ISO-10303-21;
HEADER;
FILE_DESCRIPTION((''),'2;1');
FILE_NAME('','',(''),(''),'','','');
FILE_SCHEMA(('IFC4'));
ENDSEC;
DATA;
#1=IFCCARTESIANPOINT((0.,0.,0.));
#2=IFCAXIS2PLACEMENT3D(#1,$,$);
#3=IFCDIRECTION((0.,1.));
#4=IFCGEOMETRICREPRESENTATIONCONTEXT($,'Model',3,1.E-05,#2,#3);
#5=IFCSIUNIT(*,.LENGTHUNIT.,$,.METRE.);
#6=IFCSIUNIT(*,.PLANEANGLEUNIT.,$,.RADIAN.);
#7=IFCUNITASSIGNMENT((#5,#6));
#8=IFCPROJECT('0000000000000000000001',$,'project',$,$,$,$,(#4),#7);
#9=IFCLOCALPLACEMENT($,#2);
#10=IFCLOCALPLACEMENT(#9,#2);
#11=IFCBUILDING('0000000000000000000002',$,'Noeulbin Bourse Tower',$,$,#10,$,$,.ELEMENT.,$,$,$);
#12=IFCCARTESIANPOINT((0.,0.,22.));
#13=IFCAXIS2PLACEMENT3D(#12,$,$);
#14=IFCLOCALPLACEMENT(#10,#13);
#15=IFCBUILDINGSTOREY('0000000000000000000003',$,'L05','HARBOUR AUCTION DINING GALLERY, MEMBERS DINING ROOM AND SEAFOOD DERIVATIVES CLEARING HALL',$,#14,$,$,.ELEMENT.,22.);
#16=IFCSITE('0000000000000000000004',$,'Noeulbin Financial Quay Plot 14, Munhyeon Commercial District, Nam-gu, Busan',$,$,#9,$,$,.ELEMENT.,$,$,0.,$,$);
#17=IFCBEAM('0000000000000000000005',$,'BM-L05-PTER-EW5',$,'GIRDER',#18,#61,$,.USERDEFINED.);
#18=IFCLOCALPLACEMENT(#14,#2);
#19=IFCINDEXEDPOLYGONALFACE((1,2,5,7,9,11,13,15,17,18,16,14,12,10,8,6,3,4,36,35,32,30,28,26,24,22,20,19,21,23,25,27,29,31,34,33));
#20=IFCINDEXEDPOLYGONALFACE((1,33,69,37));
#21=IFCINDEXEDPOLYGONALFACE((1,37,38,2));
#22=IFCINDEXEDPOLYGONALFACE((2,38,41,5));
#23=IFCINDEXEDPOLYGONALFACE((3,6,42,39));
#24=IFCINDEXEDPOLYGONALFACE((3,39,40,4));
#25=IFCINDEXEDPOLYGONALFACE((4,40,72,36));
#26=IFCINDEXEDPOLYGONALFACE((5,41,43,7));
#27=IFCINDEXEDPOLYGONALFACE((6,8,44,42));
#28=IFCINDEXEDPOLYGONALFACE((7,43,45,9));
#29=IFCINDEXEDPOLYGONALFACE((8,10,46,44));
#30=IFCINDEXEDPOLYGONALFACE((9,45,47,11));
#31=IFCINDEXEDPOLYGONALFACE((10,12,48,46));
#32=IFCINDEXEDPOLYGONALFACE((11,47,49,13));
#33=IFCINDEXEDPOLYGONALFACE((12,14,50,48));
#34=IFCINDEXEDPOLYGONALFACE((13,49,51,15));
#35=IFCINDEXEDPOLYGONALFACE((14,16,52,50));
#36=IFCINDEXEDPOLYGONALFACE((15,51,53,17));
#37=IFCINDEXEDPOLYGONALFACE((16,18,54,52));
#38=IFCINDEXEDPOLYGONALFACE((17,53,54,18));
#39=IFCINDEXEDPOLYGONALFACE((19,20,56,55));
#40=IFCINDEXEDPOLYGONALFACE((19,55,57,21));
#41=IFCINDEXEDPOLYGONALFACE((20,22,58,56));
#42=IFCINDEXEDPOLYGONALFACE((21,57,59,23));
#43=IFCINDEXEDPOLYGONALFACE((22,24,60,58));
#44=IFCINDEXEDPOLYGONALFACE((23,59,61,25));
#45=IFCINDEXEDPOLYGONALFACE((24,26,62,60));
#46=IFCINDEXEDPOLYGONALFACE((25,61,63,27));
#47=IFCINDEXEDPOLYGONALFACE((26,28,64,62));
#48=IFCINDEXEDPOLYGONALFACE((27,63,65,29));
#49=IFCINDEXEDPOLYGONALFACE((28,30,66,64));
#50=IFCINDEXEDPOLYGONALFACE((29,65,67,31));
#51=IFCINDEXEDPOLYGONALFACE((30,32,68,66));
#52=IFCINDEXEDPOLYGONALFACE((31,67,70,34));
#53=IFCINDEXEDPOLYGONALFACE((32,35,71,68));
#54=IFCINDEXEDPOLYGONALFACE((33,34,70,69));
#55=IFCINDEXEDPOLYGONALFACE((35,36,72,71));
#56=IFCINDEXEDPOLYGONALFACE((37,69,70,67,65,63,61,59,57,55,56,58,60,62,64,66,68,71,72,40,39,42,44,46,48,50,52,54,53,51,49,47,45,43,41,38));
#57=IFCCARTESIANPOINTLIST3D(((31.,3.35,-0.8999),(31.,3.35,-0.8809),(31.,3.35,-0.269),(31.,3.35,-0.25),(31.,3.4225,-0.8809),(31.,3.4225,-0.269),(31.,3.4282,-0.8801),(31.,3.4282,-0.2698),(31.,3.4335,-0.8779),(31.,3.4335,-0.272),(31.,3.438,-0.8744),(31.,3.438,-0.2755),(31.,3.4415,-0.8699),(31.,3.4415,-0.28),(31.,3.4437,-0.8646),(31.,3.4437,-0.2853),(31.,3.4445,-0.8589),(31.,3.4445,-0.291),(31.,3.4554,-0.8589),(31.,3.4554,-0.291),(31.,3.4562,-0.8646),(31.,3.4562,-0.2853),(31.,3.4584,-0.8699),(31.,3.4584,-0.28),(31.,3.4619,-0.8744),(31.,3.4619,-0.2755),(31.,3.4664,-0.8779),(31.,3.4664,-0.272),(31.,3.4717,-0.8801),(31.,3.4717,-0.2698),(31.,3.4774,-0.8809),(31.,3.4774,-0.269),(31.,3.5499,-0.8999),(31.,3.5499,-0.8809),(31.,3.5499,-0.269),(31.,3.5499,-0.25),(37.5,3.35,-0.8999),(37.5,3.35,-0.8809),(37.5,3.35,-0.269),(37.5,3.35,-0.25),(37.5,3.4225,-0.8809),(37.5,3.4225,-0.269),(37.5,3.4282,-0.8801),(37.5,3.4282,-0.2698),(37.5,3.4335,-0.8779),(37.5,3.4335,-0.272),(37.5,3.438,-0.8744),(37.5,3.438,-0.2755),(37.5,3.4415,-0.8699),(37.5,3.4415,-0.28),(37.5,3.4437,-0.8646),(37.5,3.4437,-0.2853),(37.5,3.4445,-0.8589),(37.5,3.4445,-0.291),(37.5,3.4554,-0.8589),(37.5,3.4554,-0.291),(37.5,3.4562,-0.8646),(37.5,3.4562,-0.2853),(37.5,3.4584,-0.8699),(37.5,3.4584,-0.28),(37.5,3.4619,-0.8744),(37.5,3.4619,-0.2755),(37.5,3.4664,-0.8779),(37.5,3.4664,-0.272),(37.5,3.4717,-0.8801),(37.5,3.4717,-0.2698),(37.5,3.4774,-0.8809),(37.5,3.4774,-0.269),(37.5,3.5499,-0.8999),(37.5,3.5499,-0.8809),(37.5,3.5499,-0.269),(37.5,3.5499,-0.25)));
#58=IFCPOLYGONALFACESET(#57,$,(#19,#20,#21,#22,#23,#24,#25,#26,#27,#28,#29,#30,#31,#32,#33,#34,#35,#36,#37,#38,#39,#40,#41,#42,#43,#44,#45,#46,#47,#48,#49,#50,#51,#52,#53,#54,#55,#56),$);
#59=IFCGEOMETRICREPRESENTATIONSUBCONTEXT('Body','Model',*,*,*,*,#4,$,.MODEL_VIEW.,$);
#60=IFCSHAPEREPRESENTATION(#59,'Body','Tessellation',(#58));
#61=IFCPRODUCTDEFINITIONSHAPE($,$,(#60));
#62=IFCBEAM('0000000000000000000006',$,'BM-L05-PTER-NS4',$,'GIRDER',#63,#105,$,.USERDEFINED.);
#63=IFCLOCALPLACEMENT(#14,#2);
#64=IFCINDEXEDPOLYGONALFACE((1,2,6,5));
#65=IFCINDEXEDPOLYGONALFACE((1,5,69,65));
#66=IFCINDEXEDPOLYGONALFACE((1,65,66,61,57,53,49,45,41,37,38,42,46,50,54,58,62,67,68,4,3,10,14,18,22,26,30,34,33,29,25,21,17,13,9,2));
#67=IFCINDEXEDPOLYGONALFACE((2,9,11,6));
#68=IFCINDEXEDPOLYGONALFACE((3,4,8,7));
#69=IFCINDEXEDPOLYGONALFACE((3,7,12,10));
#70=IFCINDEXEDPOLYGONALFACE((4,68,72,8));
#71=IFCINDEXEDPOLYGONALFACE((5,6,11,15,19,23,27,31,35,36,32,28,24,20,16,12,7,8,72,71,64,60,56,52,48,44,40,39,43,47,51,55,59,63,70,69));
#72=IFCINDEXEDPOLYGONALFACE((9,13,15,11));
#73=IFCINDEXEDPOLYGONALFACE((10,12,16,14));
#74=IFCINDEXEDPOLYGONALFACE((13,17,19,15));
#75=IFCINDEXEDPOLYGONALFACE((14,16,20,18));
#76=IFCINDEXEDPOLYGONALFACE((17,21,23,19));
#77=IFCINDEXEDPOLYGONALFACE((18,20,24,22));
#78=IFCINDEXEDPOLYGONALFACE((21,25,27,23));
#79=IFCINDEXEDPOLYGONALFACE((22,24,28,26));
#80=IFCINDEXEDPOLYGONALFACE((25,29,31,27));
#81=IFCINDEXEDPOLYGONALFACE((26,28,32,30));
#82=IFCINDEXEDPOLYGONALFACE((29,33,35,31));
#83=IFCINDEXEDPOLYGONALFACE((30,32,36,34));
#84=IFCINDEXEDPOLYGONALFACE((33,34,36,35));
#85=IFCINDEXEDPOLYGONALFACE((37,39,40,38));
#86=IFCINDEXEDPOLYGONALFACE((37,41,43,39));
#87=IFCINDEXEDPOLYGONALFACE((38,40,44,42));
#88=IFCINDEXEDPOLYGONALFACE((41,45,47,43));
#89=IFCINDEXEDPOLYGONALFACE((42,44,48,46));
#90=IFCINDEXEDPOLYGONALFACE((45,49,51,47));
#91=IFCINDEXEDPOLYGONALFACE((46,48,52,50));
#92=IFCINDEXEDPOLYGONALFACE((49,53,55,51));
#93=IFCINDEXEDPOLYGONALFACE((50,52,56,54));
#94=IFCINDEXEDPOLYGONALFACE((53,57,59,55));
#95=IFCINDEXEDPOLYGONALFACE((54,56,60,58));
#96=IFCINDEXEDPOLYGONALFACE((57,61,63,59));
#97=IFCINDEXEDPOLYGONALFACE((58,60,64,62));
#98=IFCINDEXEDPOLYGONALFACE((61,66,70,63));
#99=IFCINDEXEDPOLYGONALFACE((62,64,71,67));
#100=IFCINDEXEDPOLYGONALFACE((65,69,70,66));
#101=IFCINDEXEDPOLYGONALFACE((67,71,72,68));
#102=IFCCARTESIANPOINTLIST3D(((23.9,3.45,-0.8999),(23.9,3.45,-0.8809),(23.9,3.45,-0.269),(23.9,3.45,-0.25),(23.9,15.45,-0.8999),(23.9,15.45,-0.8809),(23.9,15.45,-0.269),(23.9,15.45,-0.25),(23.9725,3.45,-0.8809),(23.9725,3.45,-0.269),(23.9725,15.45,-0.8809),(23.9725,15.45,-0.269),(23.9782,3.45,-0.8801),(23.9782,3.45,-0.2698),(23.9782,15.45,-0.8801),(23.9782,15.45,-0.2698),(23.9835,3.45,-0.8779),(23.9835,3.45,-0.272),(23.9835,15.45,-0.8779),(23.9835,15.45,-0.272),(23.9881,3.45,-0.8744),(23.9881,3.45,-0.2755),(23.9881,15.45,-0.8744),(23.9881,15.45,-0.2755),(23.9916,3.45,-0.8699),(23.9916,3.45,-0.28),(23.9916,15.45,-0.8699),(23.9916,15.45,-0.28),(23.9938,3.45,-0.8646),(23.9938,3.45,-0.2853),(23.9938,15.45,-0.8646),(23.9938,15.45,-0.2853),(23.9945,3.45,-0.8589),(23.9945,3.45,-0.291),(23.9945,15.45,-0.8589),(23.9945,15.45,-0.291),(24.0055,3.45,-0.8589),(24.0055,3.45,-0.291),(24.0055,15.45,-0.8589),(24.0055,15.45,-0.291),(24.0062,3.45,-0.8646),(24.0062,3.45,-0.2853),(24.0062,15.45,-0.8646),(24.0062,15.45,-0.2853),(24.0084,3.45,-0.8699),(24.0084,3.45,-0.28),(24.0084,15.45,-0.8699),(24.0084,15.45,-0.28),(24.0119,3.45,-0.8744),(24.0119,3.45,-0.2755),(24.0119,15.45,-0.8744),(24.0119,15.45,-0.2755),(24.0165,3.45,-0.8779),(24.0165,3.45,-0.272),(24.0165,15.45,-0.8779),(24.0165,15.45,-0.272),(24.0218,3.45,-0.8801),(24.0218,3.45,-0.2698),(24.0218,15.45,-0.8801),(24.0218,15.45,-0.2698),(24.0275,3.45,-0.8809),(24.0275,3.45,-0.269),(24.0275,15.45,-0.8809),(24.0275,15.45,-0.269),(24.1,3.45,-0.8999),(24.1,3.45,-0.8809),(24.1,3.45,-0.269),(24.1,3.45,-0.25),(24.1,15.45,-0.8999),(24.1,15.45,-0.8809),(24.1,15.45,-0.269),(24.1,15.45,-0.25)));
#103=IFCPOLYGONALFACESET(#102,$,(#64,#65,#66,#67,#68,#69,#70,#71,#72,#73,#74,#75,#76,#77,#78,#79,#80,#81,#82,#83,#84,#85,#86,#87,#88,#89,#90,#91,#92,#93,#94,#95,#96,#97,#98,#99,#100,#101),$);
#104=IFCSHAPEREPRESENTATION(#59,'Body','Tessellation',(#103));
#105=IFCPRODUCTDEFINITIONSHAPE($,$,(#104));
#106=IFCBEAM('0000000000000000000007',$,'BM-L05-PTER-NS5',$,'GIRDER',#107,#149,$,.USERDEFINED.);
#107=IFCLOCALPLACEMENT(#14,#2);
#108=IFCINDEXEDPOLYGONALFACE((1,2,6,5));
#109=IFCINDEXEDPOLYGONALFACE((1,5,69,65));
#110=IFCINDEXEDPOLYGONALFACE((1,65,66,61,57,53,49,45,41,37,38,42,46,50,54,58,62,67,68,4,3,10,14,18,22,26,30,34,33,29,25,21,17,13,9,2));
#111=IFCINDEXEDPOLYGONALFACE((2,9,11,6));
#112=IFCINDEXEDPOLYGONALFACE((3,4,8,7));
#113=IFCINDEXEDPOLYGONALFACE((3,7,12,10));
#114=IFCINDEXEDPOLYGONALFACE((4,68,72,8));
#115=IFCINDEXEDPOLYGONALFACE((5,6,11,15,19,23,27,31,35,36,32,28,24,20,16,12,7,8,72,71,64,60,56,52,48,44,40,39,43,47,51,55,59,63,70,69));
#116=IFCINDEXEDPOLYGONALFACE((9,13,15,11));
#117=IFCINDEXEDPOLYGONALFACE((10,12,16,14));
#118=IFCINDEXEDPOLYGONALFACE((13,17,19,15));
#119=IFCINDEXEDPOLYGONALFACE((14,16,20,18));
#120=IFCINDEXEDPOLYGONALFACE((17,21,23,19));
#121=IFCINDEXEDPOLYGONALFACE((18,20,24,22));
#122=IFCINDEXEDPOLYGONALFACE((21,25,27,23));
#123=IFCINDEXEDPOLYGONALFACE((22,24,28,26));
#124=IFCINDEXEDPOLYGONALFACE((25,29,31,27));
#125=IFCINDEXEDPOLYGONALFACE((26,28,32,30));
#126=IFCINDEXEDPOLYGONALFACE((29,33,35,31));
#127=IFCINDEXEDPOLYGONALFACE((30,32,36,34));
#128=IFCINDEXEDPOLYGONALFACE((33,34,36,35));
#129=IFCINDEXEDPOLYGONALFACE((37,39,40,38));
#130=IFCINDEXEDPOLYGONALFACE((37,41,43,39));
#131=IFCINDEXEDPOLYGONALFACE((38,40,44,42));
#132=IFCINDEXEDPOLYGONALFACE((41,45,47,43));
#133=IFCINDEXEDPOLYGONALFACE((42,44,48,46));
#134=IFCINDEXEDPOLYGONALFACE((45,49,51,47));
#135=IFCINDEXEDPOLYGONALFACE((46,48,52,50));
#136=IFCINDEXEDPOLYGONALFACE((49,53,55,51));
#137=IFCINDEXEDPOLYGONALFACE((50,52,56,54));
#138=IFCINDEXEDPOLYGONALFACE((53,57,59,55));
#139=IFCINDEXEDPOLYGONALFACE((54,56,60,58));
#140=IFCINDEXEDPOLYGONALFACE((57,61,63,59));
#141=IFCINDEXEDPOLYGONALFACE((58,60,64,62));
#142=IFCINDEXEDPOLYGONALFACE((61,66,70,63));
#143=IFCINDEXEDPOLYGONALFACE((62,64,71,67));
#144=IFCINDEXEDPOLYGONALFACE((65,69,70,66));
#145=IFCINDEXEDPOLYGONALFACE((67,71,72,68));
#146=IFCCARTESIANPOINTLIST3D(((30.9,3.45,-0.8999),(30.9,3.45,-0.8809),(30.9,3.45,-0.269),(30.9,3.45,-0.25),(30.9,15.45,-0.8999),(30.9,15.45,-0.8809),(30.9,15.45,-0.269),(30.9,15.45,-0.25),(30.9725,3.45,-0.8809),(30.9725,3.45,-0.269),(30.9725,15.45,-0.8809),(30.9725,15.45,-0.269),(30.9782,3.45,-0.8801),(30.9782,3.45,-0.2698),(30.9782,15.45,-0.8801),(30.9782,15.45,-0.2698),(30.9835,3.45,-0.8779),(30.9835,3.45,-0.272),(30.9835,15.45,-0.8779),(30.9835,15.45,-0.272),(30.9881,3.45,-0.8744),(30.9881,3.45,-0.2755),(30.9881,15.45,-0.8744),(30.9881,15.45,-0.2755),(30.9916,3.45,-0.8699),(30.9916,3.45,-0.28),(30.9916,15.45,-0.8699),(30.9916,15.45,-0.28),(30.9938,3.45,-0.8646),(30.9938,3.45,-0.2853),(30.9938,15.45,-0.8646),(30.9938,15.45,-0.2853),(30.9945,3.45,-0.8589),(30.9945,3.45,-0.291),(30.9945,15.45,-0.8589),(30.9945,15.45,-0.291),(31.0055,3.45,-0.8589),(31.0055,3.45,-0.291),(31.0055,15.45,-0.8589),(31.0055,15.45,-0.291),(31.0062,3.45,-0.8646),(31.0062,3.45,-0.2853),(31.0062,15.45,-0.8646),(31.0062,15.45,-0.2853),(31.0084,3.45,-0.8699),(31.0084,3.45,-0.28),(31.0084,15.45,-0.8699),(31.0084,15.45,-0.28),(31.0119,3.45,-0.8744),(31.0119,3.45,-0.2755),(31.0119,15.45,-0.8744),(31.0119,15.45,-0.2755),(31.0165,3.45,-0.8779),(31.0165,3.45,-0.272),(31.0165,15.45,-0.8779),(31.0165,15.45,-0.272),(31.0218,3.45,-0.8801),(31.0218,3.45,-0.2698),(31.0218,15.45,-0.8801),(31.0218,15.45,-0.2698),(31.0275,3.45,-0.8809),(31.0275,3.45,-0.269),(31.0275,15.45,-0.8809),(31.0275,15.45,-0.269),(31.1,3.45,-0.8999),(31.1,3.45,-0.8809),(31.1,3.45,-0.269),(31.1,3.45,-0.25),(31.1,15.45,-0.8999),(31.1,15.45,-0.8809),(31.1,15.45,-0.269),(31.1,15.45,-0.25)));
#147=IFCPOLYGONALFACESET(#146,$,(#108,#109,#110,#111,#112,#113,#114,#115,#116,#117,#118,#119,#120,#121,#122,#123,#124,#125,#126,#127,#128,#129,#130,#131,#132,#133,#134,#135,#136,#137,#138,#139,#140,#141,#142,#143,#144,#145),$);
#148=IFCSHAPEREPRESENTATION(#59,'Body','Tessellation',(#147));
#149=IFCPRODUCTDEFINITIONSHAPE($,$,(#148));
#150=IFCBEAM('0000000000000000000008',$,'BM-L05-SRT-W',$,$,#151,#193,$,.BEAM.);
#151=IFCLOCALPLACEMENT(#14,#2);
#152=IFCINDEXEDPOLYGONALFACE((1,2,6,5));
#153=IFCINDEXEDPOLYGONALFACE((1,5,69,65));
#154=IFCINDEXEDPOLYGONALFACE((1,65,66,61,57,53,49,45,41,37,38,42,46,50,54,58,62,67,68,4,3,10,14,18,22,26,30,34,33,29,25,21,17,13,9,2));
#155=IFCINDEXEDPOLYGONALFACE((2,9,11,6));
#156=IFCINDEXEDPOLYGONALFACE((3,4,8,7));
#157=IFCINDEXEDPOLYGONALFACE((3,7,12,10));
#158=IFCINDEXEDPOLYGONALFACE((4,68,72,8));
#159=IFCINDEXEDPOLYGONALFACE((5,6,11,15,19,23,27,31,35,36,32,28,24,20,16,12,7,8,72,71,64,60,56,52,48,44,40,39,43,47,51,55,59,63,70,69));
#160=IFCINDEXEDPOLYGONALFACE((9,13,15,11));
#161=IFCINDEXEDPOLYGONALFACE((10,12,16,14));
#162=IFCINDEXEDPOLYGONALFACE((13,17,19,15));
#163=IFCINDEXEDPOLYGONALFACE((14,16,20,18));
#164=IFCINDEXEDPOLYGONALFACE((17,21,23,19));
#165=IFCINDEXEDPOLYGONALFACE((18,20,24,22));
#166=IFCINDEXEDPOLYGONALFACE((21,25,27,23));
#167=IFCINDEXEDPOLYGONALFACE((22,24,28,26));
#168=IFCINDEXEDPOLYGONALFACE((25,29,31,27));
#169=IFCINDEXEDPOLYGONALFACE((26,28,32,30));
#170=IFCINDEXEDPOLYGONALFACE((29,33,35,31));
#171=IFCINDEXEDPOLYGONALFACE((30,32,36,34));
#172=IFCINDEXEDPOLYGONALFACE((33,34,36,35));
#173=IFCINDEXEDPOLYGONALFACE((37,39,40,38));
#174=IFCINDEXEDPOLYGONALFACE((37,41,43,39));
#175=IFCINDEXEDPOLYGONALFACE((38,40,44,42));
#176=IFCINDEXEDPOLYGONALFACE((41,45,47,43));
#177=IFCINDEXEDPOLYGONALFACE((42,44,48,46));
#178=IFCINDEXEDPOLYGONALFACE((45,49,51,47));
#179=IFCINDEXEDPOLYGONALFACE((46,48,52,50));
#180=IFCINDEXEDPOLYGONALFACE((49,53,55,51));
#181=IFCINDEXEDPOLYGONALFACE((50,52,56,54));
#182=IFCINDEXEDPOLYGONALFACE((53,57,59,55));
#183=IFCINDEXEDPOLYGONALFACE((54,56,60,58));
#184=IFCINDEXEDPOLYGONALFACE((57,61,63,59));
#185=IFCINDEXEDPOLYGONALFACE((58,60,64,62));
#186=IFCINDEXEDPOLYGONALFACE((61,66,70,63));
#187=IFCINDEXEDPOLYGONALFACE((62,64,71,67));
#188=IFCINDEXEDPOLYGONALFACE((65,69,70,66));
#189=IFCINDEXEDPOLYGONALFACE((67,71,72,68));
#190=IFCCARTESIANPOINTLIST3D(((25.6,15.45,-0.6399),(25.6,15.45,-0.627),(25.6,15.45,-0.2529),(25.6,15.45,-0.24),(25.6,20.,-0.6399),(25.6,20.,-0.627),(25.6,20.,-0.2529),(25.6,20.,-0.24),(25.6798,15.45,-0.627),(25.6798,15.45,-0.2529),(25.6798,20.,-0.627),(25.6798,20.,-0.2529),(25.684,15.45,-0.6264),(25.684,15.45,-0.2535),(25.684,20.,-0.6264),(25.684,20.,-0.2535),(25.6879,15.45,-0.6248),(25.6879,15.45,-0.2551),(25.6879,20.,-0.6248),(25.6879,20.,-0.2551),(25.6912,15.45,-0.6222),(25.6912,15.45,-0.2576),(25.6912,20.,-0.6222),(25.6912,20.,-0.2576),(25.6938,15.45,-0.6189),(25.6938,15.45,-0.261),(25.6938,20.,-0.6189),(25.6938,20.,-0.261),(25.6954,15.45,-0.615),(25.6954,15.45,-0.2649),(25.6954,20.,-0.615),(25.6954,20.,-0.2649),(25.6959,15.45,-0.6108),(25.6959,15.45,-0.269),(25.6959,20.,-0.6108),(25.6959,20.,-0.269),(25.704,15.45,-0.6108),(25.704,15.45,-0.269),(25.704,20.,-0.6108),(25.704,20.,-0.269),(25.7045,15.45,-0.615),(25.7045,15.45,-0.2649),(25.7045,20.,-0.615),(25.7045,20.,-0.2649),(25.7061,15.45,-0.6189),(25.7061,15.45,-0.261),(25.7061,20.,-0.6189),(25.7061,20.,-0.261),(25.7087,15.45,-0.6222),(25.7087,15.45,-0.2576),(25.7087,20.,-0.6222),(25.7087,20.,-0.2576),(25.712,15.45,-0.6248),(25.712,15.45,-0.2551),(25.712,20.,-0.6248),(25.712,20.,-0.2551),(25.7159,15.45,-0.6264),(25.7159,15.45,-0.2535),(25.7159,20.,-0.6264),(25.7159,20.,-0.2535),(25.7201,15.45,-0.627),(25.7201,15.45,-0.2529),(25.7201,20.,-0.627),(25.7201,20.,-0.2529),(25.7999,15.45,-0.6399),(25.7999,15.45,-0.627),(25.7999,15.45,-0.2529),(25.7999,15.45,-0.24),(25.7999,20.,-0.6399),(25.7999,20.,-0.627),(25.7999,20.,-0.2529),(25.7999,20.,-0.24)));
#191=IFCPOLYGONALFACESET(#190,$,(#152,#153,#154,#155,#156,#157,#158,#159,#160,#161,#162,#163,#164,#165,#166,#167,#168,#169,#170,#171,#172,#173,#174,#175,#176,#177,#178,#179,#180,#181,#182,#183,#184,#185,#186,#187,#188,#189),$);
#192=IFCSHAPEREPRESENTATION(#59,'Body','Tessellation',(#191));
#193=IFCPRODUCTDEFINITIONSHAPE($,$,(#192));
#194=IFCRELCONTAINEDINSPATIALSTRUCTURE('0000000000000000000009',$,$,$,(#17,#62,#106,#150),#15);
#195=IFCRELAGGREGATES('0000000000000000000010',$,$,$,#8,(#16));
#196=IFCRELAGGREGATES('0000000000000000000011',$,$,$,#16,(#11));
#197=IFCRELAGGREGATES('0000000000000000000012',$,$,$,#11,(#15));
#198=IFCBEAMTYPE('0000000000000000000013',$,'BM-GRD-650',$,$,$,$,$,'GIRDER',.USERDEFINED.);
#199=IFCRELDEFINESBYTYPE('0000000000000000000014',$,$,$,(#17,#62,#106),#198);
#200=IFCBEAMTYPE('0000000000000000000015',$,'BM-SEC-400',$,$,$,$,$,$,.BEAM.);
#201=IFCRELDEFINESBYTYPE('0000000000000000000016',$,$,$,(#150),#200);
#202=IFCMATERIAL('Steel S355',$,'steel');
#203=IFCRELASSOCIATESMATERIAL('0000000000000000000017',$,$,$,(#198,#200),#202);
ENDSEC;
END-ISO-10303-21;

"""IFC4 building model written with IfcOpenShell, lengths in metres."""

from ifc_helpers import new_model, si_unit, direction, frame, origin, origin_2d, place, context, subcontext, project, spatial, i_section, extrude, material, material_profile, profile_set, type_object, element, save


model = new_model("IFC4")

# Units and contexts
model_context = context("Model", 3, precision=1e-05, world=origin(), true_north=direction((0.0, 1.0)))
body_context = subcontext(model_context, "Body", "Model", "MODEL_VIEW")
ifc_project = project(units=[si_unit("LENGTHUNIT", "METRE"), si_unit("PLANEANGLEUNIT", "RADIAN")], contexts=[model_context])

# Site, building, storey
site_placement = place(None, origin())
site = spatial("IfcSite", under=ifc_project, at=site_placement, Name="Noeulbin Financial Quay Plot 14, Munhyeon Commercial District, Nam-gu, Busan", CompositionType="ELEMENT", RefElevation=0.0)
building_placement = place(site_placement, origin())
building = spatial("IfcBuilding", under=site, at=building_placement, Name="Noeulbin Bourse Tower", CompositionType="ELEMENT")
storey_placement = place(building_placement, frame((0.0, 0.0, 22.0)))
storey = spatial("IfcBuildingStorey", under=building, at=storey_placement, Name="L05", Description="HARBOUR AUCTION DINING GALLERY, MEMBERS DINING ROOM AND SEAFOOD DERIVATIVES CLEARING HALL", CompositionType="ELEMENT", Elevation=22.0)

# Beams
ifc_material_1 = material(Name="Steel S355", Category="steel")
ifc_material_profile_1 = material_profile(ifc_material_1, i_section(OverallWidth=0.2, OverallDepth=0.6499, WebThickness=0.011, FlangeThickness=0.019, FilletRadius=0.022, at=origin_2d()), Name="H-650x200x11x19", Category="LoadBearing")
ifc_profile_set_1 = profile_set([ifc_material_profile_1], Name="Steel S355")
beam_type_1 = type_object("IfcBeamType", Name="BM-GRD-650", ElementType="GIRDER", PredefinedType="USERDEFINED", material=ifc_profile_set_1)
beam_1_placement = place(storey_placement, frame((31.0, 3.45, -0.575), z_axis=(1.0, 0.0, 0.0), x_axis=(0.0, 1.0, 0.0)))
element("IfcBeam", 1, at=beam_1_placement, inside=storey, type_object=beam_type_1, Name="BM-L05-PTER-EW5", ObjectType="GIRDER", PredefinedType="USERDEFINED", context=body_context, shape_type="SweptSolid", body=[
    extrude(i_section(OverallWidth=0.2, OverallDepth=0.6499, WebThickness=0.011, FlangeThickness=0.019, FilletRadius=0.022, at=origin_2d()), origin(), (0.0, 0.0, 1.0), 6.5),
])
for number, where, z_axis, x_axis, name in (
    (2, (24.0, 3.45, -0.575), (0.0, 1.0, 0.0), (-1.0, 0.0, 0.0), "BM-L05-PTER-NS4"),
    (3, (31.0, 3.45, -0.575), (0.0, 1.0, 0.0), (-1.0, 0.0, 0.0), "BM-L05-PTER-NS5"),
):
    element("IfcBeam", number, at=place(storey_placement, frame(where, z_axis=z_axis, x_axis=x_axis)), inside=storey, type_object=beam_type_1, Name=name, ObjectType="GIRDER", PredefinedType="USERDEFINED", context=body_context, shape_type="SweptSolid", body=[
        extrude(i_section(OverallWidth=0.2, OverallDepth=0.6499, WebThickness=0.011, FlangeThickness=0.019, FilletRadius=0.022, at=origin_2d()), origin(), (0.0, 0.0, 1.0), 12.0),
    ])
ifc_material_profile_2 = material_profile(ifc_material_1, i_section(OverallWidth=0.2, OverallDepth=0.3999, WebThickness=0.0081, FlangeThickness=0.0129, FilletRadius=0.0161, at=origin_2d()), Name="H-400x200x8x13", Category="LoadBearing")
ifc_profile_set_2 = profile_set([ifc_material_profile_2], Name="Steel S355")
beam_type_2 = type_object("IfcBeamType", Name="BM-SEC-400", PredefinedType="BEAM", material=ifc_profile_set_2)
for number, where, z_axis, x_axis, name in (
    (4, (25.7, 15.45, -0.4399), (0.0, 1.0, 0.0), (-1.0, 0.0, 0.0), "BM-L05-SRT-W"),
):
    element("IfcBeam", number, at=place(storey_placement, frame(where, z_axis=z_axis, x_axis=x_axis)), inside=storey, type_object=beam_type_2, Name=name, PredefinedType="BEAM", context=body_context, shape_type="SweptSolid", body=[
        extrude(i_section(OverallWidth=0.2, OverallDepth=0.3999, WebThickness=0.0081, FlangeThickness=0.0129, FilletRadius=0.0161, at=origin_2d()), origin(), (0.0, 0.0, 1.0), 4.55),
    ])

save(model, "model.ifc")
